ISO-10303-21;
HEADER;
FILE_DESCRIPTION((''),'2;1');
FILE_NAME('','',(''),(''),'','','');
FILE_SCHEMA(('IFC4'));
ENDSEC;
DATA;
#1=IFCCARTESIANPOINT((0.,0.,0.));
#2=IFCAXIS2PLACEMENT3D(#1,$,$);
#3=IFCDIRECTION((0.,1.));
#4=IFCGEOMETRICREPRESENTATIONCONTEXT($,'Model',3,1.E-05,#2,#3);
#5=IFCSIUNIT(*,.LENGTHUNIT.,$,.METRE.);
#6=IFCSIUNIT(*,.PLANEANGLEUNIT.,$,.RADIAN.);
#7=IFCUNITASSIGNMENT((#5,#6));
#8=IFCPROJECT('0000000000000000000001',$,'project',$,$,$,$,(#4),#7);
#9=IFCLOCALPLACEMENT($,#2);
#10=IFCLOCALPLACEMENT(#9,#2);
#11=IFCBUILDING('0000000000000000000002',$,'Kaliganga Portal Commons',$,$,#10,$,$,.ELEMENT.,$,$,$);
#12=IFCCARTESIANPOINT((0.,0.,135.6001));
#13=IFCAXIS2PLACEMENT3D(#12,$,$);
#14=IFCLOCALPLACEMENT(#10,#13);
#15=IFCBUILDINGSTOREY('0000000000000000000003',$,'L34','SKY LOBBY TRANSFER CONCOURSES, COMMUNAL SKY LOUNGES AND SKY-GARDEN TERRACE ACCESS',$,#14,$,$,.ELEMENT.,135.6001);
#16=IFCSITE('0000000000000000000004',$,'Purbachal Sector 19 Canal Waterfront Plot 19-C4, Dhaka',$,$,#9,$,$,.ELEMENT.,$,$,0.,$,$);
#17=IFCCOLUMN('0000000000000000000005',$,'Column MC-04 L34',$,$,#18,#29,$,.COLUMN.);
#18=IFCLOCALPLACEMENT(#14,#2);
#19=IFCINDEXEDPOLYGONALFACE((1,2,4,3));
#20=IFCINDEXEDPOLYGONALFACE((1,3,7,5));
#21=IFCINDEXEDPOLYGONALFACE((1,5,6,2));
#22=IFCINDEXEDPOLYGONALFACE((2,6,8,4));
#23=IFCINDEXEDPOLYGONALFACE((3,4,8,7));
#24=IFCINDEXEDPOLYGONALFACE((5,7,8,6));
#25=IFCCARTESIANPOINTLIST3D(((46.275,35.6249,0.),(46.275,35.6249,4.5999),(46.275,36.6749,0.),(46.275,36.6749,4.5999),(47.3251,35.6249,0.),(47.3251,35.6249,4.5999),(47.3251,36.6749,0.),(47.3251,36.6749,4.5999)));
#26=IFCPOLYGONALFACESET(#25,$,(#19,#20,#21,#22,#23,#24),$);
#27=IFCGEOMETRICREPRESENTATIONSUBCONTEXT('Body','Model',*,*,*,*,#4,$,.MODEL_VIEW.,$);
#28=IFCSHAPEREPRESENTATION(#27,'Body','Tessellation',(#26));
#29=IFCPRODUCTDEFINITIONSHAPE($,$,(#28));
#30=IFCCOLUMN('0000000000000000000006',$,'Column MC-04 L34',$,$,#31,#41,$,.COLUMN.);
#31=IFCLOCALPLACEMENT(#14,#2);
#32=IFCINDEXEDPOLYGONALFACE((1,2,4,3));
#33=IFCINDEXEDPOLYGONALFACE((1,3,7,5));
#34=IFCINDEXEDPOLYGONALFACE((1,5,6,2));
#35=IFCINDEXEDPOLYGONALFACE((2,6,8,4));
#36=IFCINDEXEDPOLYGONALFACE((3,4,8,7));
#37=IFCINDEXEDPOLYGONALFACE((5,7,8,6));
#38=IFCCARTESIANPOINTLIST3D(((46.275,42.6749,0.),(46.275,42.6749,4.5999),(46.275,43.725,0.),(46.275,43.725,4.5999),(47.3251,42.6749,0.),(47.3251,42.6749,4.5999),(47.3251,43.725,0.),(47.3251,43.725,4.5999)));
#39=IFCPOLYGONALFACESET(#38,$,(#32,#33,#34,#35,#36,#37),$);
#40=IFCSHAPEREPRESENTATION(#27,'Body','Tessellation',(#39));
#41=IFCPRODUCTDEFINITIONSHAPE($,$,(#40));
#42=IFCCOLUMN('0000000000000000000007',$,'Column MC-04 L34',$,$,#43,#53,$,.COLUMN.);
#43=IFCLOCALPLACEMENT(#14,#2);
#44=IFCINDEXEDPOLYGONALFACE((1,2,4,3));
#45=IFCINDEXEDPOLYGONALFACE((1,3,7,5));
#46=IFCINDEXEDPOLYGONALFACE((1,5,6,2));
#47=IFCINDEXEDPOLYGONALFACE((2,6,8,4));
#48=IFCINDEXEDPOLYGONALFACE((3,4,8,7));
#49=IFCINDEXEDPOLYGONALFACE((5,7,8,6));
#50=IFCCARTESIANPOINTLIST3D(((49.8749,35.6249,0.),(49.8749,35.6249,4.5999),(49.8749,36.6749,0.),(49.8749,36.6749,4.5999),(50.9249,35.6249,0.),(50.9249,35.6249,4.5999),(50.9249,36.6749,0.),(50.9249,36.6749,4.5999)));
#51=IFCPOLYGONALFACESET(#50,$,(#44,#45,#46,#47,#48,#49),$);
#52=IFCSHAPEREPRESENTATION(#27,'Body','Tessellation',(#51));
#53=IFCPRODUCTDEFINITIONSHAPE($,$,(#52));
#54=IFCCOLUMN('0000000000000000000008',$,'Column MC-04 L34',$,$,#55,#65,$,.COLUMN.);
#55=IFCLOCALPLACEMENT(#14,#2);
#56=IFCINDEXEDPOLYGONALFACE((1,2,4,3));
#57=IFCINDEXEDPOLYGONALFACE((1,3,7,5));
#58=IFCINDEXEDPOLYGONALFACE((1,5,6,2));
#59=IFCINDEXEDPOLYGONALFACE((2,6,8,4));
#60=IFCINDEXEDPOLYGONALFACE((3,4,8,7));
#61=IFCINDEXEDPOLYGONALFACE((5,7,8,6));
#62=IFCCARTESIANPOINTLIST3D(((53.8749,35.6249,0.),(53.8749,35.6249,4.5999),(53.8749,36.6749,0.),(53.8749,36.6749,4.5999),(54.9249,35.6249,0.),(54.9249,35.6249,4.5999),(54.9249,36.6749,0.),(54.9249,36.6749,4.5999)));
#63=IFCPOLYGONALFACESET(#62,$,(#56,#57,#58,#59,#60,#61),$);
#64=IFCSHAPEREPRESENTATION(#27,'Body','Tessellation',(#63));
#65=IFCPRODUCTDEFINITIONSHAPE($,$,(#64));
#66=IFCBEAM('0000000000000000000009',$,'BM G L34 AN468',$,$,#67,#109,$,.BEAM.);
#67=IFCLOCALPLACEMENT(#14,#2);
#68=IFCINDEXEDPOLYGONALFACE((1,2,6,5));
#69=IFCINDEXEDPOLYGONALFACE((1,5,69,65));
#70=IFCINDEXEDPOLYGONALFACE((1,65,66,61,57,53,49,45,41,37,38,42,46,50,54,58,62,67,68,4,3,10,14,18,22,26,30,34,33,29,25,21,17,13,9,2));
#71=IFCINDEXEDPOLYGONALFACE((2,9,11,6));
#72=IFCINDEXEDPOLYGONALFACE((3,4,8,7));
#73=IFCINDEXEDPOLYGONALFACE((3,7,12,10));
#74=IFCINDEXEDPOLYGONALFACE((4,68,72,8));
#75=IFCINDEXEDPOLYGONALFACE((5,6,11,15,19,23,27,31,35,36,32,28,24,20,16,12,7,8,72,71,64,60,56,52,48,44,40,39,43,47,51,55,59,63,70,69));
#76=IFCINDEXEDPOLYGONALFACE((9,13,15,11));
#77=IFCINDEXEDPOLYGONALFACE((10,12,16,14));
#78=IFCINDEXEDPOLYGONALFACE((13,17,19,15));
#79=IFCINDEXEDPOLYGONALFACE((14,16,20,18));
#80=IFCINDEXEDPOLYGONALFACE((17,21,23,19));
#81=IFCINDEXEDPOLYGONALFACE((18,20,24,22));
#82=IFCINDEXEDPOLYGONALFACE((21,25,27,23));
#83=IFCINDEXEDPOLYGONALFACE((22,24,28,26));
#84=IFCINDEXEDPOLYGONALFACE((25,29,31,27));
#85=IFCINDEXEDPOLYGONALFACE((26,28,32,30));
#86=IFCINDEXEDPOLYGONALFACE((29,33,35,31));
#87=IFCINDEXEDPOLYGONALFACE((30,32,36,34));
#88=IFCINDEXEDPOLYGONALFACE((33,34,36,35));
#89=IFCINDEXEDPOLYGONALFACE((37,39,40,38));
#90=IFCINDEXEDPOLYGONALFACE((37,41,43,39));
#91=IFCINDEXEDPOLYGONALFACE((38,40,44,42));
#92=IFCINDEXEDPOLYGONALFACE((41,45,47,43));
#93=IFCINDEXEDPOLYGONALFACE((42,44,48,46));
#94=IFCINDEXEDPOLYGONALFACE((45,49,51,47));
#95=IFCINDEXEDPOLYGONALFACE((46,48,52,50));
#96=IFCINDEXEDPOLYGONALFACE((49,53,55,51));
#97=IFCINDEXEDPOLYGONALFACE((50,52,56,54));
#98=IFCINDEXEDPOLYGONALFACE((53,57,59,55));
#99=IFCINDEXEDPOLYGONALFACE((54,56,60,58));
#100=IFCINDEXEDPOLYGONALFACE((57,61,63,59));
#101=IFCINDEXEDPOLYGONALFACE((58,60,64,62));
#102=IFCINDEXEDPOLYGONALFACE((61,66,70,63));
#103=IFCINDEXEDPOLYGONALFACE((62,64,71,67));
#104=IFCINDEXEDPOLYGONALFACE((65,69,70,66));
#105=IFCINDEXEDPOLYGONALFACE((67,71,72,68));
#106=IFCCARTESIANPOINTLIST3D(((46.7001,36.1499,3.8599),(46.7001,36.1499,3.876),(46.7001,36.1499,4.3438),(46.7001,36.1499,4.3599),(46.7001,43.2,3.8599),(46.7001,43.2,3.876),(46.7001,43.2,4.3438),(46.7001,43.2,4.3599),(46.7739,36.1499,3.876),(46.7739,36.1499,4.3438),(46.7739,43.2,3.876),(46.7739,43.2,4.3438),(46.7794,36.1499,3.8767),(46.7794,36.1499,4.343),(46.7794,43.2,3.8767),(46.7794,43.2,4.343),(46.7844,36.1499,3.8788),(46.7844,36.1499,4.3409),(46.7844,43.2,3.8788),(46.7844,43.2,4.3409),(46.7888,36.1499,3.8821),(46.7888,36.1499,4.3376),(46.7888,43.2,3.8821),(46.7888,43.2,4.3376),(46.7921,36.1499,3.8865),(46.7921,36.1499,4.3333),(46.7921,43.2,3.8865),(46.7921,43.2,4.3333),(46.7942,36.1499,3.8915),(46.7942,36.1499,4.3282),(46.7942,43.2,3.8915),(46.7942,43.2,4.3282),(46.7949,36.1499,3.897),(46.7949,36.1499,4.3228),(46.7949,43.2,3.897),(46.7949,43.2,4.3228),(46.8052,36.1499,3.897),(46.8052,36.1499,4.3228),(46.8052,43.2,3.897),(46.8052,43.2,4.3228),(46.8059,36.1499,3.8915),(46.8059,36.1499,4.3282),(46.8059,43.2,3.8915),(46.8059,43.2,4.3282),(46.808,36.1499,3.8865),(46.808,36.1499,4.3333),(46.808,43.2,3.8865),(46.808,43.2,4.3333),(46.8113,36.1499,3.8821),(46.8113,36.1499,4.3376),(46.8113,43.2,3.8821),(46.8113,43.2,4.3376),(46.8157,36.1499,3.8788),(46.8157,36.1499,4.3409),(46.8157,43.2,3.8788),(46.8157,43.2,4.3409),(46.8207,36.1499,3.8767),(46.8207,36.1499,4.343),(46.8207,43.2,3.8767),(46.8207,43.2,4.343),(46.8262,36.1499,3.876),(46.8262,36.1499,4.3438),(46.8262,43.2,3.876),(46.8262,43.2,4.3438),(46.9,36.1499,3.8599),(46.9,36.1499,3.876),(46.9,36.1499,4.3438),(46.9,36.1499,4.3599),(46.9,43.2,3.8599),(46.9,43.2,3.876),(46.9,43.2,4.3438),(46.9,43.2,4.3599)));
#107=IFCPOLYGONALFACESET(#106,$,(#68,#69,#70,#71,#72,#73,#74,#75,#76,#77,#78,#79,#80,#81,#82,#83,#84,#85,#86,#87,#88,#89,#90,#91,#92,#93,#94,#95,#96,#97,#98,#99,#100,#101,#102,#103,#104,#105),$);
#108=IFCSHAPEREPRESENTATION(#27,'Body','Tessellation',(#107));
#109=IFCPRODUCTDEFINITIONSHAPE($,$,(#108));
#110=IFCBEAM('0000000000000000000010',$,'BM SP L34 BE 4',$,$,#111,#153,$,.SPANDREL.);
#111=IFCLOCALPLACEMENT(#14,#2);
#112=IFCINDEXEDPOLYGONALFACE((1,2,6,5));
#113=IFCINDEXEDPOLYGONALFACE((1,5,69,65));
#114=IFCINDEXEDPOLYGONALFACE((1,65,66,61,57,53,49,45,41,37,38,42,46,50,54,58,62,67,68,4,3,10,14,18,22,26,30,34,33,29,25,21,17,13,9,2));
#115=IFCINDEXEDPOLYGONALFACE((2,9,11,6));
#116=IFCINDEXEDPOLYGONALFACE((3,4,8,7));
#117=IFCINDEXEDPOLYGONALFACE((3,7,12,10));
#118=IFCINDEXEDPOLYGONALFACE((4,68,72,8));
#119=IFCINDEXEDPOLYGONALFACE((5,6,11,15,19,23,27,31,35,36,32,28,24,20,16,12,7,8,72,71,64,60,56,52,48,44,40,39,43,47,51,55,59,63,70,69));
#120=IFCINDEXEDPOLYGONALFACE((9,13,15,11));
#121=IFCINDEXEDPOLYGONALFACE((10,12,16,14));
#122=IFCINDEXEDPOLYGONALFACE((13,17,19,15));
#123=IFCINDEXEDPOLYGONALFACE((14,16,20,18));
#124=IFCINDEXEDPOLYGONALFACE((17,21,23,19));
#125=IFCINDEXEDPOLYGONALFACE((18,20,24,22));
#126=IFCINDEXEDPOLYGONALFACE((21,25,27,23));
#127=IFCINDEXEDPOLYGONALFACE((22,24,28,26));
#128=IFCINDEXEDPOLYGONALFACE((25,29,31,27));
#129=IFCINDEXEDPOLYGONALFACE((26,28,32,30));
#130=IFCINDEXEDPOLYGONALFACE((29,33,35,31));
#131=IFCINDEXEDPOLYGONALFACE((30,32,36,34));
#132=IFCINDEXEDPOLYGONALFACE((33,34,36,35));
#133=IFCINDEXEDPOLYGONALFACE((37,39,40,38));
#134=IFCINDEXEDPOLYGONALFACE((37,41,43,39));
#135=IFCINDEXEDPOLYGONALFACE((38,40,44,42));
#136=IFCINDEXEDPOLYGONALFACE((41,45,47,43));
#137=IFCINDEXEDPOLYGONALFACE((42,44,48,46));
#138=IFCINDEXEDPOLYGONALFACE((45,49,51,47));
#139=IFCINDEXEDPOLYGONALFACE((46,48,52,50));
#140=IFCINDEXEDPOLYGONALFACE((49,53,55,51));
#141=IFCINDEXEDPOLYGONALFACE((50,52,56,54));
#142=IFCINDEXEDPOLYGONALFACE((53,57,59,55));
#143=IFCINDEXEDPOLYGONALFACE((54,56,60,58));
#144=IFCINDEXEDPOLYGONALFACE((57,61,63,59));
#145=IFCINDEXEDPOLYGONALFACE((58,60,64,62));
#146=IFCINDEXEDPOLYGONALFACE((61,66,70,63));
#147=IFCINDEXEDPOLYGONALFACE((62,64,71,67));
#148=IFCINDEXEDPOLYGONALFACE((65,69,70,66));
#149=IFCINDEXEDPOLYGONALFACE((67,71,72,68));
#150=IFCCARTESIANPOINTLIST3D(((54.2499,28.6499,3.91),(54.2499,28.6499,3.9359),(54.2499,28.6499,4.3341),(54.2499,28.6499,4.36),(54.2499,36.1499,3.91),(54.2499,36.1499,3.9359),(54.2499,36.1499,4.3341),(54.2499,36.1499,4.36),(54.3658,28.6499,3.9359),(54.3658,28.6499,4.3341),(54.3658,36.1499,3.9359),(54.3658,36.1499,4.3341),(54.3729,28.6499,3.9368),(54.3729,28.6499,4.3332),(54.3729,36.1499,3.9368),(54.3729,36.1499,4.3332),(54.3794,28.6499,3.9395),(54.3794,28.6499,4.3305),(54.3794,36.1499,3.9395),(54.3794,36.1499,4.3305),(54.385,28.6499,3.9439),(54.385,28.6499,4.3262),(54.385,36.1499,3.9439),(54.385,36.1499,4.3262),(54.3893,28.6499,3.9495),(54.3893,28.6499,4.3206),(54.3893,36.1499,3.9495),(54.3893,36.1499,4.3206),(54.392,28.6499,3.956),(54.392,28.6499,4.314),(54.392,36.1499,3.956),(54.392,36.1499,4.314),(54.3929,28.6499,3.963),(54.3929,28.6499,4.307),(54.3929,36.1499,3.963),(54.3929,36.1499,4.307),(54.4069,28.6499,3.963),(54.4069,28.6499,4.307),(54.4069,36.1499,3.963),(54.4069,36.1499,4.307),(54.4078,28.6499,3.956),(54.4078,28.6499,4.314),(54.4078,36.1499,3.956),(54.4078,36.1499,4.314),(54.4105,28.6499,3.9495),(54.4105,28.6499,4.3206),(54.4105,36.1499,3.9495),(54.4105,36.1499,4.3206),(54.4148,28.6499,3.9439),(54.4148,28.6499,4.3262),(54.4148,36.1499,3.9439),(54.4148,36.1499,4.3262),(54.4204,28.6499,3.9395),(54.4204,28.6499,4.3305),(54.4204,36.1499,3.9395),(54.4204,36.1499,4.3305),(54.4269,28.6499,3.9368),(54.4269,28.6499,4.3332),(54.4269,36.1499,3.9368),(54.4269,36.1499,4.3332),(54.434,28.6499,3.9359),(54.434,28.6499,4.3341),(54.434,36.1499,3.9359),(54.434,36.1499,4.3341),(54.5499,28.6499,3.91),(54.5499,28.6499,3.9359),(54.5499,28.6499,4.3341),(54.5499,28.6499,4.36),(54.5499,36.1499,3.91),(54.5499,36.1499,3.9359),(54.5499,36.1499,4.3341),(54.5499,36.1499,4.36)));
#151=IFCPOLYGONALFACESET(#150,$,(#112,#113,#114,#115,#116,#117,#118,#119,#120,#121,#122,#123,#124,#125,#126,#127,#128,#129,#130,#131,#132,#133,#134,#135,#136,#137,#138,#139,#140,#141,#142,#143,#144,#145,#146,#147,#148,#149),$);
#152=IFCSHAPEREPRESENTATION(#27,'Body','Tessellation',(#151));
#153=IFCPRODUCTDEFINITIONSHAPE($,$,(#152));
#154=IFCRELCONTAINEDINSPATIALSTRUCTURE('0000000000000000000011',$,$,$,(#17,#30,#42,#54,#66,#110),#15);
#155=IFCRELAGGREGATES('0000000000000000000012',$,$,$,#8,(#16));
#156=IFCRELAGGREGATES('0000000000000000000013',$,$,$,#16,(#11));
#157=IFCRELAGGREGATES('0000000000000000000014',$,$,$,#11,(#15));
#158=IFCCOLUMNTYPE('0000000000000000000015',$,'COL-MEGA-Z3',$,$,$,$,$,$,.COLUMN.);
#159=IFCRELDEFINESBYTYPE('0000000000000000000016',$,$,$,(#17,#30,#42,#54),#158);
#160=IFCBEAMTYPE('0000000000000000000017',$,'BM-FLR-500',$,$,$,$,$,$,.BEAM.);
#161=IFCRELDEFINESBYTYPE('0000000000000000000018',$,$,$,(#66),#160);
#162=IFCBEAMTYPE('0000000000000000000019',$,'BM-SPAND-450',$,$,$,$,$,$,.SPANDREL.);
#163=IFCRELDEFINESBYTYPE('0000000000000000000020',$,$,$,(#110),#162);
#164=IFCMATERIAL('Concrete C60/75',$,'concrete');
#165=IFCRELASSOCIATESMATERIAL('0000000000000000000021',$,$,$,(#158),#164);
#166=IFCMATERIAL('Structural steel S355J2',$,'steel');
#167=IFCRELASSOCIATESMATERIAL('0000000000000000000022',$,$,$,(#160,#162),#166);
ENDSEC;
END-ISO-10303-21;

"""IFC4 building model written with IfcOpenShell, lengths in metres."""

from ifc_helpers import new_model, si_unit, direction, frame, origin, origin_2d, place, context, subcontext, project, spatial, rectangle, i_section, extrude, source, transform, mapped, material, material_profile, profile_set, type_object, element, save


model = new_model("IFC4")

# Units and contexts
model_context = context("Model", 3, precision=1e-05, world=origin(), true_north=direction((0.0, 1.0)))
body_context = subcontext(model_context, "Body", "Model", "MODEL_VIEW")
ifc_project = project(units=[si_unit("LENGTHUNIT", "METRE"), si_unit("PLANEANGLEUNIT", "RADIAN")], contexts=[model_context])

# Site, building, storey
site_placement = place(None, origin())
site = spatial("IfcSite", under=ifc_project, at=site_placement, Name="Purbachal Sector 19 Canal Waterfront Plot 19-C4, Dhaka", CompositionType="ELEMENT", RefElevation=0.0)
building_placement = place(site_placement, origin())
building = spatial("IfcBuilding", under=site, at=building_placement, Name="Kaliganga Portal Commons", CompositionType="ELEMENT")
storey_placement = place(building_placement, frame((0.0, 0.0, 135.6001)))
storey = spatial("IfcBuildingStorey", under=building, at=storey_placement, Name="L34", Description="SKY LOBBY TRANSFER CONCOURSES, COMMUNAL SKY LOUNGES AND SKY-GARDEN TERRACE ACCESS", CompositionType="ELEMENT", Elevation=135.6001)

# Columns
ifc_material_1 = material(Name="Concrete C60/75", Category="concrete")
ifc_material_profile_1 = material_profile(ifc_material_1, rectangle(XDim=1.05, YDim=1.05, at=origin_2d()), Name="RC 1050x1050")
ifc_profile_set_1 = profile_set([ifc_material_profile_1], Name="Concrete C60/75")
column_type = type_object("IfcColumnType", Name="COL-MEGA-Z3", PredefinedType="COLUMN", material=ifc_profile_set_1)
shared_shape_1 = source(origin(), body_context, "Body", "SweptSolid", [
    extrude(rectangle(XDim=1.05, YDim=1.05, at=origin_2d()), origin(), (0.0, 0.0, 1.0), 4.5999),
])
for number, where, z_axis, x_axis, name in (
    (1, (46.8, 36.1499, 0.0), (0.0, 0.0, 1.0), (1.0, 0.0, 0.0), "Column MC-04 L34"),
    (2, (46.8, 43.2, 0.0), (0.0, 0.0, 1.0), (1.0, 0.0, 0.0), "Column MC-04 L34"),
    (3, (50.3999, 36.1499, 0.0), (0.0, 0.0, 1.0), (1.0, 0.0, 0.0), "Column MC-04 L34"),
    (4, (54.3999, 36.1499, 0.0), (0.0, 0.0, 1.0), (1.0, 0.0, 0.0), "Column MC-04 L34"),
):
    element("IfcColumn", number, at=place(storey_placement, frame(where, z_axis=z_axis, x_axis=x_axis)), inside=storey, type_object=column_type, Name=name, PredefinedType="COLUMN", context=body_context, shape_type="MappedRepresentation", body=[
        mapped(shared_shape_1, transform((0.0, 0.0, 0.0), x_axis=(1.0, 0.0, 0.0), y_axis=(0.0, 1.0, 0.0), z_axis=(0.0, 0.0, 1.0), scale=1.0)),
    ])

# Beams
ifc_material_2 = material(Name="Structural steel S355J2", Category="steel")
ifc_material_profile_2 = material_profile(ifc_material_2, i_section(OverallWidth=0.2, OverallDepth=0.5, WebThickness=0.0103, FlangeThickness=0.0161, FilletRadius=0.021, at=origin_2d()), Name="IPE 500")
ifc_profile_set_2 = profile_set([ifc_material_profile_2], Name="Structural steel S355J2 wide-flange")
beam_type_1 = type_object("IfcBeamType", Name="BM-FLR-500", PredefinedType="BEAM", material=ifc_profile_set_2)
shared_shape_2 = source(origin(), body_context, "Body", "SweptSolid", [
    extrude(i_section(OverallWidth=0.2, OverallDepth=0.5, WebThickness=0.0103, FlangeThickness=0.0161, FilletRadius=0.021, at=origin_2d()), origin(), (0.0, 0.0, 1.0), 7.05),
])
beam_1_placement = place(storey_placement, frame((46.8, 36.1499, 4.1099), z_axis=(0.0, 1.0, 0.0), x_axis=(-1.0, 0.0, 0.0)))
element("IfcBeam", 5, at=beam_1_placement, inside=storey, type_object=beam_type_1, Name="BM G L34 AN468", PredefinedType="BEAM", context=body_context, shape_type="MappedRepresentation", body=[
    mapped(shared_shape_2, transform((0.0, 0.0, 0.0), x_axis=(1.0, 0.0, 0.0), y_axis=(0.0, 1.0, 0.0), z_axis=(0.0, 0.0, 1.0), scale=1.0)),
])
ifc_material_profile_3 = material_profile(ifc_material_2, i_section(OverallWidth=0.3, OverallDepth=0.45, WebThickness=0.0139, FlangeThickness=0.0259, FilletRadius=0.0271, at=origin_2d()), Name="HE 450 B")
ifc_profile_set_3 = profile_set([ifc_material_profile_3], Name="Structural steel S355J2 wide-flange")
beam_type_2 = type_object("IfcBeamType", Name="BM-SPAND-450", PredefinedType="SPANDREL", material=ifc_profile_set_3)
shared_shape_3 = source(origin(), body_context, "Body", "SweptSolid", [
    extrude(i_section(OverallWidth=0.3, OverallDepth=0.45, WebThickness=0.0139, FlangeThickness=0.0259, FilletRadius=0.0271, at=origin_2d()), origin(), (0.0, 0.0, 1.0), 7.5),
])
beam_2_placement = place(storey_placement, frame((54.3999, 28.6499, 4.135), z_axis=(0.0, 1.0, 0.0), x_axis=(-1.0, 0.0, 0.0)))
element("IfcBeam", 6, at=beam_2_placement, inside=storey, type_object=beam_type_2, Name="BM SP L34 BE 4", PredefinedType="SPANDREL", context=body_context, shape_type="MappedRepresentation", body=[
    mapped(shared_shape_3, transform((0.0, 0.0, 0.0), x_axis=(1.0, 0.0, 0.0), y_axis=(0.0, 1.0, 0.0), z_axis=(0.0, 0.0, 1.0), scale=1.0)),
])

save(model, "model.ifc")
